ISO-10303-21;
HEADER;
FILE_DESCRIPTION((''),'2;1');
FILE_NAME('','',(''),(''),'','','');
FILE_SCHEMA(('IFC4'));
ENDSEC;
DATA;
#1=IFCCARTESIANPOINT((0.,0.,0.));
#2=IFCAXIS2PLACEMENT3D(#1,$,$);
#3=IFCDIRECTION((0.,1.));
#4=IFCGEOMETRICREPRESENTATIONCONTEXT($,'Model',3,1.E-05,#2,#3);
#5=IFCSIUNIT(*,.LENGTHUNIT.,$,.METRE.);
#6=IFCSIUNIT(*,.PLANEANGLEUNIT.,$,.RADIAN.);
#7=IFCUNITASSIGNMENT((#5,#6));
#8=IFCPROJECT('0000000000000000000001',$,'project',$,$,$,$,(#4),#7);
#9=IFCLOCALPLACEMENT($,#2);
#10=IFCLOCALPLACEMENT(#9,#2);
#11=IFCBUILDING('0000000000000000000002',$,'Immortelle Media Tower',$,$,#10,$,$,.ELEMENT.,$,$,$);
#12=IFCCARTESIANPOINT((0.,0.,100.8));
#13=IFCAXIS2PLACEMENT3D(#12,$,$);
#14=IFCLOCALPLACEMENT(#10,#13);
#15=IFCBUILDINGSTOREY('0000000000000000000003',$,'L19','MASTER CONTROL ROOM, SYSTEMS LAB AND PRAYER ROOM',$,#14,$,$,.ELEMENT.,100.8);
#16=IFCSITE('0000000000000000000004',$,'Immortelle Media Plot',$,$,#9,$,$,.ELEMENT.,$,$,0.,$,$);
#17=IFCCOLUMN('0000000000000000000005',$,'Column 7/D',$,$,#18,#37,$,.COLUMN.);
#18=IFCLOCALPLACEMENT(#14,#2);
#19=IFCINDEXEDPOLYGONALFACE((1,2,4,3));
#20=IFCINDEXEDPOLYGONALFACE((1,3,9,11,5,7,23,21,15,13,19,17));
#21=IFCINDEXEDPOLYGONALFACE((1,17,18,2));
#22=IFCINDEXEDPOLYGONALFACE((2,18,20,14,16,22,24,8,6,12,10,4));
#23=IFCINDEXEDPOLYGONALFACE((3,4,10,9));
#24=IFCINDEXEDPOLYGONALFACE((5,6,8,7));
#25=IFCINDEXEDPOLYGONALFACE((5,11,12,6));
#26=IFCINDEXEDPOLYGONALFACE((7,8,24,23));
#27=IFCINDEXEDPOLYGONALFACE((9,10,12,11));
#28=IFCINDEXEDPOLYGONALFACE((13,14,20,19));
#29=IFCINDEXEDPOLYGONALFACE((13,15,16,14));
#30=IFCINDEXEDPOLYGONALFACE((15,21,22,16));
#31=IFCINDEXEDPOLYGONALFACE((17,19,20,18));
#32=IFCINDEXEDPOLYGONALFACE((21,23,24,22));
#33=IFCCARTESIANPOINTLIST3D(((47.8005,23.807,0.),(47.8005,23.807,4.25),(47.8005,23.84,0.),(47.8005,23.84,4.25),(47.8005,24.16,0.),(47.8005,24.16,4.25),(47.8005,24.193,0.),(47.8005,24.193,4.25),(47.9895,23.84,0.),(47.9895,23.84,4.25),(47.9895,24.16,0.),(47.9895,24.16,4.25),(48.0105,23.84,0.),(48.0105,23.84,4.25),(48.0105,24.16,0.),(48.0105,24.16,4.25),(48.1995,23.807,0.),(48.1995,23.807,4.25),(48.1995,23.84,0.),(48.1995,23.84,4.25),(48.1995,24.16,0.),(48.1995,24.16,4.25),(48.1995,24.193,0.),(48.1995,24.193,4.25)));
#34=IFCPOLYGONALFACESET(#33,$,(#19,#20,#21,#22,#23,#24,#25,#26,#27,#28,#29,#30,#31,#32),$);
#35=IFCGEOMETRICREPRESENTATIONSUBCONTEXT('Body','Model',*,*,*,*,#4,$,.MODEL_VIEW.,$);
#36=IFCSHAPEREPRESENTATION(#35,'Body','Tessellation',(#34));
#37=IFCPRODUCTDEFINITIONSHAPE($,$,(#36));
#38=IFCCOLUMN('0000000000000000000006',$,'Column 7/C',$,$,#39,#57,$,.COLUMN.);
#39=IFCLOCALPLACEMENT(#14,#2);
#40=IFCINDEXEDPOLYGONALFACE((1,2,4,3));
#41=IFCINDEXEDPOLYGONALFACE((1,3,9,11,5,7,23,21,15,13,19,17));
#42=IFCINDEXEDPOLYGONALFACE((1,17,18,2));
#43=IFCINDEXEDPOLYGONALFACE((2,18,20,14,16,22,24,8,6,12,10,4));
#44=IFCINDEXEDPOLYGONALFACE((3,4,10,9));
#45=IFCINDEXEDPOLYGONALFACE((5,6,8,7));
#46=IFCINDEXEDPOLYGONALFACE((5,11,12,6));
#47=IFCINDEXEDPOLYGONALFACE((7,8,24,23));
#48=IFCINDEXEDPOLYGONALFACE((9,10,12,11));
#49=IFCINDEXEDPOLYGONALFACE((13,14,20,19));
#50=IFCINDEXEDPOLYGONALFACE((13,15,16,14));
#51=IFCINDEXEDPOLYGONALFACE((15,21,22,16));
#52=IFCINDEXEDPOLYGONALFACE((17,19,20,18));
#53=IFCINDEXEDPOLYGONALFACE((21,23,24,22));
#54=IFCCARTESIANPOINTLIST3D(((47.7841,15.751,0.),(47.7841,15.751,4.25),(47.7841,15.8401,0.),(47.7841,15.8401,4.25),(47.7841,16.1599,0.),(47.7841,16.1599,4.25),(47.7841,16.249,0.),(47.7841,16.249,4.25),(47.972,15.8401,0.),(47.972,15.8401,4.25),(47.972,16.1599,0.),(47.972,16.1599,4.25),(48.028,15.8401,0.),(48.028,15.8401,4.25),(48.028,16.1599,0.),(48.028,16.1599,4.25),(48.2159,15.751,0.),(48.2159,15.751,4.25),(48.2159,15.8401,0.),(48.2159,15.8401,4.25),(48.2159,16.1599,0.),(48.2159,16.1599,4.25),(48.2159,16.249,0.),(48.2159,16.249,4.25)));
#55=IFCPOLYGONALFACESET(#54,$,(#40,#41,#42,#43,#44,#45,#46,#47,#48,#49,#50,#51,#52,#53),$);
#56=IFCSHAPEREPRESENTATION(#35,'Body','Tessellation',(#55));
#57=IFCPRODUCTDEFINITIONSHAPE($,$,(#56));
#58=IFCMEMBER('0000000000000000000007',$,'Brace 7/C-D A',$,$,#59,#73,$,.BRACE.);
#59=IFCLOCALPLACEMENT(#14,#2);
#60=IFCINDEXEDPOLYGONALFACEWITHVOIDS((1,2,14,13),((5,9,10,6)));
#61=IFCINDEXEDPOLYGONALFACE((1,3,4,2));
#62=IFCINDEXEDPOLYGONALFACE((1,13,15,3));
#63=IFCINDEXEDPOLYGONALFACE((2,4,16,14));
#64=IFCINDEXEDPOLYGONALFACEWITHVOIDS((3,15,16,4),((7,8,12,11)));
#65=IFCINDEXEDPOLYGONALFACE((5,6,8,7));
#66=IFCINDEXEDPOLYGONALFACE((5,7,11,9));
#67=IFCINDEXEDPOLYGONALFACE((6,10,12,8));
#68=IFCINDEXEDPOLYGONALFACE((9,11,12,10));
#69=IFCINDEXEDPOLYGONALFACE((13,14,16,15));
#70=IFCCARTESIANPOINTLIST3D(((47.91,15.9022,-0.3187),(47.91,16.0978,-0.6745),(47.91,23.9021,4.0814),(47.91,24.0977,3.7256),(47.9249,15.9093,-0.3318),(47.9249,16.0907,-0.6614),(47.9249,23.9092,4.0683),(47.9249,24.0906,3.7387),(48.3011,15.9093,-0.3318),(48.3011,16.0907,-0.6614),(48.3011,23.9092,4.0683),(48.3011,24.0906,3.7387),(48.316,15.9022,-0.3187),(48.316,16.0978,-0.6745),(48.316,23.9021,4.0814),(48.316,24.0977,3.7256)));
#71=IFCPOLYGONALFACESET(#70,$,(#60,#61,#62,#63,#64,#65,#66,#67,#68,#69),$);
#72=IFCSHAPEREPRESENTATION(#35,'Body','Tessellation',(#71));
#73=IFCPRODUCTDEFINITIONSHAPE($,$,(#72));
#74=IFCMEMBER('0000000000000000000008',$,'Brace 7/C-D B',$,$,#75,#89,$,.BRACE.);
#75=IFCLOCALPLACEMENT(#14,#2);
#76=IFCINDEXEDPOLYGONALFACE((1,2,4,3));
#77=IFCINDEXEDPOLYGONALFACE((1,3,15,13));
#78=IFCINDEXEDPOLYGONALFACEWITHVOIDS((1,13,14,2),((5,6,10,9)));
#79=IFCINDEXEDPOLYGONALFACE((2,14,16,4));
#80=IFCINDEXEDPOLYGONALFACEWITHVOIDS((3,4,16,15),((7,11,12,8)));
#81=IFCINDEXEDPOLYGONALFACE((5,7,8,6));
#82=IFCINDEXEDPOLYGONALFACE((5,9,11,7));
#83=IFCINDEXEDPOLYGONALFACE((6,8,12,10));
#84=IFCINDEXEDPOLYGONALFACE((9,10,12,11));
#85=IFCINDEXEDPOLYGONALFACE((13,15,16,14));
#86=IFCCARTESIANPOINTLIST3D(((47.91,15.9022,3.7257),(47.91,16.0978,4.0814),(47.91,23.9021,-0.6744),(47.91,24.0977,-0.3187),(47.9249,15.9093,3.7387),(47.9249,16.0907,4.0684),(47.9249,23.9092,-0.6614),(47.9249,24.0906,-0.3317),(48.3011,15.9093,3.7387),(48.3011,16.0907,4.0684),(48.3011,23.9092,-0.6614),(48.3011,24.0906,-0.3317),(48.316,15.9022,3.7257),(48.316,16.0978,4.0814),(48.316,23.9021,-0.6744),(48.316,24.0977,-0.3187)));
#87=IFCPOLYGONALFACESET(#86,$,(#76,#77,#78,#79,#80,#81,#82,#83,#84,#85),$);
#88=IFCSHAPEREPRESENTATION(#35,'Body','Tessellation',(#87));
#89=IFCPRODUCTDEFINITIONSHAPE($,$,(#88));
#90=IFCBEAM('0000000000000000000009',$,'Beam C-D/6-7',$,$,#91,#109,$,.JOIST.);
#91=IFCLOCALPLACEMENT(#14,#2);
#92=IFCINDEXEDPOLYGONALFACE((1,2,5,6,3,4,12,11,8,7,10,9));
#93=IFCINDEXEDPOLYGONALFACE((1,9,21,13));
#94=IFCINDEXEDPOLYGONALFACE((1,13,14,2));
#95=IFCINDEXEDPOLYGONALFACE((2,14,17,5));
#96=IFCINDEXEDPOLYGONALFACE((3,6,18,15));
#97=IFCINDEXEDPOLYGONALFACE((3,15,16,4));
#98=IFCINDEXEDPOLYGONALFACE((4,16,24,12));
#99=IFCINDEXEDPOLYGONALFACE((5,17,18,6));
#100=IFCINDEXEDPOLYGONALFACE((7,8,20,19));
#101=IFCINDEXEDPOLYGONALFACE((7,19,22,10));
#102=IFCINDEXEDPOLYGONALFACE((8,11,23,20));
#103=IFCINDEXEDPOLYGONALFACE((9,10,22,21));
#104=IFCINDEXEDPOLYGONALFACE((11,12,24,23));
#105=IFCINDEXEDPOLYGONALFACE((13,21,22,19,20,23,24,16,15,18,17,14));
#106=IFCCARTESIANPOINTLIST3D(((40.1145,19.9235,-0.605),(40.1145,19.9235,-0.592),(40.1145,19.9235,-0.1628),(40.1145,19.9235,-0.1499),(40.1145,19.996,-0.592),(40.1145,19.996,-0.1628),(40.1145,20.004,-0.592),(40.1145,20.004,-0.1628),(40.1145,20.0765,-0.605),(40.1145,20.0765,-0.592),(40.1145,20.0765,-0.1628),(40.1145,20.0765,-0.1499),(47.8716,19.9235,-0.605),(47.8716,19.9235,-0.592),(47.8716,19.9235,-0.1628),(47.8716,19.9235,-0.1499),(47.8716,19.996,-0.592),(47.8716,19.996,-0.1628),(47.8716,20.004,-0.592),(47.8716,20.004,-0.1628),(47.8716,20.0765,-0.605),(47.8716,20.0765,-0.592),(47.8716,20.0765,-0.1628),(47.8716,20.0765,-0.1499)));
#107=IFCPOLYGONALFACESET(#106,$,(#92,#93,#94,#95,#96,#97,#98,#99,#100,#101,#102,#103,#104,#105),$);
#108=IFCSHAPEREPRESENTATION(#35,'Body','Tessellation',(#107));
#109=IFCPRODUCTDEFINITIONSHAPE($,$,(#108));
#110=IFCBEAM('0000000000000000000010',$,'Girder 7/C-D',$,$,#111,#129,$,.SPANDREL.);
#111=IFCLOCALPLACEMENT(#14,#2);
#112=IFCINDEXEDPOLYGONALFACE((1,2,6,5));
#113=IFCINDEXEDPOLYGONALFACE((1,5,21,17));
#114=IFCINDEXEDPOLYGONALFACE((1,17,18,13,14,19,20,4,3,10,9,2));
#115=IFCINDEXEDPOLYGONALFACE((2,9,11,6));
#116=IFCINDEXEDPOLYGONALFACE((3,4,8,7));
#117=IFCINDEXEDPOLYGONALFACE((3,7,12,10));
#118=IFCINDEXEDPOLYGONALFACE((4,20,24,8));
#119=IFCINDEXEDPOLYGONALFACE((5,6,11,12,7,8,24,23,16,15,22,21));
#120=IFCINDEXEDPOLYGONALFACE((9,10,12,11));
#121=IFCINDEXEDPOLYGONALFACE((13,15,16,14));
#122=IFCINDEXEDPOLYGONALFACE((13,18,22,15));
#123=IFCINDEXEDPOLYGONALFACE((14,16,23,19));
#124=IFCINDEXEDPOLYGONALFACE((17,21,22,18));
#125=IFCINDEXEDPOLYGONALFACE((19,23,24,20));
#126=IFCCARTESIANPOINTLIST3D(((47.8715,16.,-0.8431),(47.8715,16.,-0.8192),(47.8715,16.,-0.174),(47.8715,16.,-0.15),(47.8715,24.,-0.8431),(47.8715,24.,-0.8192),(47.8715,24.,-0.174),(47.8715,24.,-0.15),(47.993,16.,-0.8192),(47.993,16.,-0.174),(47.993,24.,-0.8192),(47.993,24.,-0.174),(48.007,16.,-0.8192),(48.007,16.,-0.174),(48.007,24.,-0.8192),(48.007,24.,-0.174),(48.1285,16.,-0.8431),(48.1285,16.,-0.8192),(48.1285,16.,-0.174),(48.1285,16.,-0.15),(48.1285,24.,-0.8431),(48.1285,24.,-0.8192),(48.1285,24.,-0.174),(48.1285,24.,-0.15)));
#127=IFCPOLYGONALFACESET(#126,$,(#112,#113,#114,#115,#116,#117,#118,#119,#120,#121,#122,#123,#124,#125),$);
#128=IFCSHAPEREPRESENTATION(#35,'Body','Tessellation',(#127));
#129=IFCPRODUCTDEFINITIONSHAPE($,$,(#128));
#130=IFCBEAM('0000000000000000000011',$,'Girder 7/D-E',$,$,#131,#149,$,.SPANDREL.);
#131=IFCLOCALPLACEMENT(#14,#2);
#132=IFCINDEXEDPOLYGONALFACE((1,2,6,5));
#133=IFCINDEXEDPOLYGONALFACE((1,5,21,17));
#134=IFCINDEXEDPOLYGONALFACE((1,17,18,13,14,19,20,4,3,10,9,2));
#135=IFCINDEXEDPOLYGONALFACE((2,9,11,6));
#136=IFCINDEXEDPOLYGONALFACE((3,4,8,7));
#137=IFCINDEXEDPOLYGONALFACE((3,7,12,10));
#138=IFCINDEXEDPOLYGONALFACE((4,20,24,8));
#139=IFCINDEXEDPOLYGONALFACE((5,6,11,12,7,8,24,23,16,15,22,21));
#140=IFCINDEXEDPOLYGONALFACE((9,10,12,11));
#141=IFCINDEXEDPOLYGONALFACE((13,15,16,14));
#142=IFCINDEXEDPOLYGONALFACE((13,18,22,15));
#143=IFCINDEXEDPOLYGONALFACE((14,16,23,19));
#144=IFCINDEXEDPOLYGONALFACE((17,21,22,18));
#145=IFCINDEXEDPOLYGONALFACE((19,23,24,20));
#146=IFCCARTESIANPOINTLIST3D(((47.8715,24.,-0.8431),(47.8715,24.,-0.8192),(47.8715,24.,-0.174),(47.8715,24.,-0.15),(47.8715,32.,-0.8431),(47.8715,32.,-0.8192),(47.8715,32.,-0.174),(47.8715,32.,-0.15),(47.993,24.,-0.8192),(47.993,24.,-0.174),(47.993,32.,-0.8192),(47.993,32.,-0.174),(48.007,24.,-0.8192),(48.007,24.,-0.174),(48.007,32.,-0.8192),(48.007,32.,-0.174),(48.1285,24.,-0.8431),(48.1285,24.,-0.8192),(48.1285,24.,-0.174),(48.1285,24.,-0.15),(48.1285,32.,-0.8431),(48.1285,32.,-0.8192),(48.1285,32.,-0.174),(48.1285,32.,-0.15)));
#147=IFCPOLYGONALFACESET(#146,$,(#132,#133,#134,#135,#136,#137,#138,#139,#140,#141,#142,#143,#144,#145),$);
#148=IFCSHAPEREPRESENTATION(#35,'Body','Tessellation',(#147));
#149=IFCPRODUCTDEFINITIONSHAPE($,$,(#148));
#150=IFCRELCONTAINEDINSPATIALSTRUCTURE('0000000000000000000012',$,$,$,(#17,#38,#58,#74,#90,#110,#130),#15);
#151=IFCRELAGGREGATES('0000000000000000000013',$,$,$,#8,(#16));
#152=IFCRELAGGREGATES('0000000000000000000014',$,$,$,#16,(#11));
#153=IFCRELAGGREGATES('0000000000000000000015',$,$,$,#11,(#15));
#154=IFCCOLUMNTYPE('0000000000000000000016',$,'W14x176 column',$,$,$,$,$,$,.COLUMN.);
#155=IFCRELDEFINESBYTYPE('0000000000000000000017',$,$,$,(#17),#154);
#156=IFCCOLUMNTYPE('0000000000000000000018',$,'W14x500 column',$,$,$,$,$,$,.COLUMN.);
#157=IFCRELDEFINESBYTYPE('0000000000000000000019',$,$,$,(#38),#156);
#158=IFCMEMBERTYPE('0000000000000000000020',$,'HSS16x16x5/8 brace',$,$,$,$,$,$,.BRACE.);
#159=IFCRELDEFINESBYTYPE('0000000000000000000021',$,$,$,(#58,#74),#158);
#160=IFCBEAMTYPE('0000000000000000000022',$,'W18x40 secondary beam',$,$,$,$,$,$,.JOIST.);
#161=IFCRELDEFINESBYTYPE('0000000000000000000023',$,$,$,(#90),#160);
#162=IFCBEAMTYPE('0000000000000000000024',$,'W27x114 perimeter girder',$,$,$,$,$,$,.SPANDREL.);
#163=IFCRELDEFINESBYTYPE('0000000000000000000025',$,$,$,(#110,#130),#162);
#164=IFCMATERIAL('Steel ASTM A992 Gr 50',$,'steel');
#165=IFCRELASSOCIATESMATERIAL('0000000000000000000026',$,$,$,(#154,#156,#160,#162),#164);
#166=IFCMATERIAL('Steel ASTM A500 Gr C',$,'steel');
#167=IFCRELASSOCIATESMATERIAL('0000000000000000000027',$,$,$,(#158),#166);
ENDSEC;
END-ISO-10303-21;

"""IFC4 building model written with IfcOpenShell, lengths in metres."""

from ifc_helpers import new_model, si_unit, direction, frame, origin, origin_2d, place, context, subcontext, project, spatial, hollow_rectangle, i_section, extrude, material, material_profile, profile_set, type_object, element, save


model = new_model("IFC4")

# Units and contexts
model_context = context("Model", 3, precision=1e-05, world=origin(), true_north=direction((0.0, 1.0)))
body_context = subcontext(model_context, "Body", "Model", "MODEL_VIEW")
ifc_project = project(units=[si_unit("LENGTHUNIT", "METRE"), si_unit("PLANEANGLEUNIT", "RADIAN")], contexts=[model_context])

# Site, building, storey
site_placement = place(None, origin())
site = spatial("IfcSite", under=ifc_project, at=site_placement, Name="Immortelle Media Plot", CompositionType="ELEMENT", RefElevation=0.0)
building_placement = place(site_placement, origin())
building = spatial("IfcBuilding", under=site, at=building_placement, Name="Immortelle Media Tower", CompositionType="ELEMENT")
storey_placement = place(building_placement, frame((0.0, 0.0, 100.8)))
storey = spatial("IfcBuildingStorey", under=building, at=storey_placement, Name="L19", Description="MASTER CONTROL ROOM, SYSTEMS LAB AND PRAYER ROOM", CompositionType="ELEMENT", Elevation=100.8)

# Columns
ifc_material_1 = material(Name="Steel ASTM A992 Gr 50", Category="steel")
ifc_material_profile_1 = material_profile(ifc_material_1, i_section(OverallWidth=0.3989, OverallDepth=0.386, WebThickness=0.021, FlangeThickness=0.033, at=origin_2d()), Name="W14x176")
ifc_profile_set_1 = profile_set([ifc_material_profile_1], Name="Steel ASTM A992 Gr 50")
column_type_1 = type_object("IfcColumnType", Name="W14x176 column", PredefinedType="COLUMN", material=ifc_profile_set_1)
column_1_placement = place(storey_placement, frame((48.0, 24.0, 0.0), z_axis=(0.0, 0.0, 1.0), x_axis=(1.0, 0.0, 0.0)))
element("IfcColumn", 1, at=column_1_placement, inside=storey, type_object=column_type_1, Name="Column 7/D", PredefinedType="COLUMN", context=body_context, shape_type="SweptSolid", body=[
    extrude(i_section(OverallWidth=0.3989, OverallDepth=0.386, WebThickness=0.021, FlangeThickness=0.033, at=origin_2d()), origin(), (0.0, 0.0, 1.0), 4.25),
])
ifc_material_profile_2 = material_profile(ifc_material_1, i_section(OverallWidth=0.4319, OverallDepth=0.498, WebThickness=0.0559, FlangeThickness=0.0891, at=origin_2d()), Name="W14x500")
ifc_profile_set_2 = profile_set([ifc_material_profile_2], Name="Steel ASTM A992 Gr 50")
column_type_2 = type_object("IfcColumnType", Name="W14x500 column", PredefinedType="COLUMN", material=ifc_profile_set_2)
column_2_placement = place(storey_placement, frame((48.0, 16.0, 0.0), z_axis=(0.0, 0.0, 1.0), x_axis=(1.0, 0.0, 0.0)))
element("IfcColumn", 2, at=column_2_placement, inside=storey, type_object=column_type_2, Name="Column 7/C", PredefinedType="COLUMN", context=body_context, shape_type="SweptSolid", body=[
    extrude(i_section(OverallWidth=0.4319, OverallDepth=0.498, WebThickness=0.0559, FlangeThickness=0.0891, at=origin_2d()), origin(), (0.0, 0.0, 1.0), 4.25),
])

# Members
ifc_material_2 = material(Name="Steel ASTM A500 Gr C", Category="steel")
ifc_material_profile_3 = material_profile(ifc_material_2, hollow_rectangle(XDim=0.406, YDim=0.406, WallThickness=0.0149, at=origin_2d()), Name="HSS16x16x5/8 brace")
ifc_profile_set_3 = profile_set([ifc_material_profile_3], Name="Steel ASTM A500 Gr C")
member_type = type_object("IfcMemberType", Name="HSS16x16x5/8 brace", PredefinedType="BRACE", material=ifc_profile_set_3)
for number, where, z_axis, x_axis, name in (
    (3, (48.113, 16.0, -0.4966), (0.0, 0.876209, 0.481931), (-1.0, 0.0, 0.0), "Brace 7/C-D A"),
    (4, (48.113, 16.0, 3.9036), (0.0, 0.876209, -0.481931), (-1.0, 0.0, 0.0), "Brace 7/C-D B"),
):
    element("IfcMember", number, at=place(storey_placement, frame(where, z_axis=z_axis, x_axis=x_axis)), inside=storey, type_object=member_type, Name=name, PredefinedType="BRACE", context=body_context, shape_type="SweptSolid", body=[
        extrude(hollow_rectangle(XDim=0.406, YDim=0.406, WallThickness=0.0149, at=origin_2d()), origin(), (0.0, 0.0, 1.0), 9.1301),
    ])

# Beams
ifc_material_profile_4 = material_profile(ifc_material_1, i_section(OverallWidth=0.1531, OverallDepth=0.4551, WebThickness=0.0081, FlangeThickness=0.0129, at=origin_2d()), Name="W18x40")
ifc_profile_set_4 = profile_set([ifc_material_profile_4], Name="Steel ASTM A992 Gr 50")
beam_type_1 = type_object("IfcBeamType", Name="W18x40 secondary beam", PredefinedType="JOIST", material=ifc_profile_set_4)
beam_placement = place(storey_placement, frame((40.1145, 20.0, -0.3774), z_axis=(1.0, 0.0, 0.0), x_axis=(0.0, 1.0, 0.0)))
element("IfcBeam", 5, at=beam_placement, inside=storey, type_object=beam_type_1, Name="Beam C-D/6-7", PredefinedType="JOIST", context=body_context, shape_type="SweptSolid", body=[
    extrude(i_section(OverallWidth=0.1531, OverallDepth=0.4551, WebThickness=0.0081, FlangeThickness=0.0129, at=origin_2d()), origin(), (0.0, 0.0, 1.0), 7.7571),
])
ifc_material_profile_5 = material_profile(ifc_material_1, i_section(OverallWidth=0.2571, OverallDepth=0.6931, WebThickness=0.0139, FlangeThickness=0.0239, at=origin_2d()), Name="W27x114")
ifc_profile_set_5 = profile_set([ifc_material_profile_5], Name="Steel ASTM A992 Gr 50")
beam_type_2 = type_object("IfcBeamType", Name="W27x114 perimeter girder", PredefinedType="SPANDREL", material=ifc_profile_set_5)
for number, where, z_axis, x_axis, name in (
    (6, (48.0, 16.0, -0.4966), (0.0, 1.0, 0.0), (-1.0, 0.0, 0.0), "Girder 7/C-D"),
    (7, (48.0, 24.0, -0.4966), (0.0, 1.0, 0.0), (-1.0, 0.0, 0.0), "Girder 7/D-E"),
):
    element("IfcBeam", number, at=place(storey_placement, frame(where, z_axis=z_axis, x_axis=x_axis)), inside=storey, type_object=beam_type_2, Name=name, PredefinedType="SPANDREL", context=body_context, shape_type="SweptSolid", body=[
        extrude(i_section(OverallWidth=0.2571, OverallDepth=0.6931, WebThickness=0.0139, FlangeThickness=0.0239, at=origin_2d()), origin(), (0.0, 0.0, 1.0), 8.0),
    ])

save(model, "model.ifc")
